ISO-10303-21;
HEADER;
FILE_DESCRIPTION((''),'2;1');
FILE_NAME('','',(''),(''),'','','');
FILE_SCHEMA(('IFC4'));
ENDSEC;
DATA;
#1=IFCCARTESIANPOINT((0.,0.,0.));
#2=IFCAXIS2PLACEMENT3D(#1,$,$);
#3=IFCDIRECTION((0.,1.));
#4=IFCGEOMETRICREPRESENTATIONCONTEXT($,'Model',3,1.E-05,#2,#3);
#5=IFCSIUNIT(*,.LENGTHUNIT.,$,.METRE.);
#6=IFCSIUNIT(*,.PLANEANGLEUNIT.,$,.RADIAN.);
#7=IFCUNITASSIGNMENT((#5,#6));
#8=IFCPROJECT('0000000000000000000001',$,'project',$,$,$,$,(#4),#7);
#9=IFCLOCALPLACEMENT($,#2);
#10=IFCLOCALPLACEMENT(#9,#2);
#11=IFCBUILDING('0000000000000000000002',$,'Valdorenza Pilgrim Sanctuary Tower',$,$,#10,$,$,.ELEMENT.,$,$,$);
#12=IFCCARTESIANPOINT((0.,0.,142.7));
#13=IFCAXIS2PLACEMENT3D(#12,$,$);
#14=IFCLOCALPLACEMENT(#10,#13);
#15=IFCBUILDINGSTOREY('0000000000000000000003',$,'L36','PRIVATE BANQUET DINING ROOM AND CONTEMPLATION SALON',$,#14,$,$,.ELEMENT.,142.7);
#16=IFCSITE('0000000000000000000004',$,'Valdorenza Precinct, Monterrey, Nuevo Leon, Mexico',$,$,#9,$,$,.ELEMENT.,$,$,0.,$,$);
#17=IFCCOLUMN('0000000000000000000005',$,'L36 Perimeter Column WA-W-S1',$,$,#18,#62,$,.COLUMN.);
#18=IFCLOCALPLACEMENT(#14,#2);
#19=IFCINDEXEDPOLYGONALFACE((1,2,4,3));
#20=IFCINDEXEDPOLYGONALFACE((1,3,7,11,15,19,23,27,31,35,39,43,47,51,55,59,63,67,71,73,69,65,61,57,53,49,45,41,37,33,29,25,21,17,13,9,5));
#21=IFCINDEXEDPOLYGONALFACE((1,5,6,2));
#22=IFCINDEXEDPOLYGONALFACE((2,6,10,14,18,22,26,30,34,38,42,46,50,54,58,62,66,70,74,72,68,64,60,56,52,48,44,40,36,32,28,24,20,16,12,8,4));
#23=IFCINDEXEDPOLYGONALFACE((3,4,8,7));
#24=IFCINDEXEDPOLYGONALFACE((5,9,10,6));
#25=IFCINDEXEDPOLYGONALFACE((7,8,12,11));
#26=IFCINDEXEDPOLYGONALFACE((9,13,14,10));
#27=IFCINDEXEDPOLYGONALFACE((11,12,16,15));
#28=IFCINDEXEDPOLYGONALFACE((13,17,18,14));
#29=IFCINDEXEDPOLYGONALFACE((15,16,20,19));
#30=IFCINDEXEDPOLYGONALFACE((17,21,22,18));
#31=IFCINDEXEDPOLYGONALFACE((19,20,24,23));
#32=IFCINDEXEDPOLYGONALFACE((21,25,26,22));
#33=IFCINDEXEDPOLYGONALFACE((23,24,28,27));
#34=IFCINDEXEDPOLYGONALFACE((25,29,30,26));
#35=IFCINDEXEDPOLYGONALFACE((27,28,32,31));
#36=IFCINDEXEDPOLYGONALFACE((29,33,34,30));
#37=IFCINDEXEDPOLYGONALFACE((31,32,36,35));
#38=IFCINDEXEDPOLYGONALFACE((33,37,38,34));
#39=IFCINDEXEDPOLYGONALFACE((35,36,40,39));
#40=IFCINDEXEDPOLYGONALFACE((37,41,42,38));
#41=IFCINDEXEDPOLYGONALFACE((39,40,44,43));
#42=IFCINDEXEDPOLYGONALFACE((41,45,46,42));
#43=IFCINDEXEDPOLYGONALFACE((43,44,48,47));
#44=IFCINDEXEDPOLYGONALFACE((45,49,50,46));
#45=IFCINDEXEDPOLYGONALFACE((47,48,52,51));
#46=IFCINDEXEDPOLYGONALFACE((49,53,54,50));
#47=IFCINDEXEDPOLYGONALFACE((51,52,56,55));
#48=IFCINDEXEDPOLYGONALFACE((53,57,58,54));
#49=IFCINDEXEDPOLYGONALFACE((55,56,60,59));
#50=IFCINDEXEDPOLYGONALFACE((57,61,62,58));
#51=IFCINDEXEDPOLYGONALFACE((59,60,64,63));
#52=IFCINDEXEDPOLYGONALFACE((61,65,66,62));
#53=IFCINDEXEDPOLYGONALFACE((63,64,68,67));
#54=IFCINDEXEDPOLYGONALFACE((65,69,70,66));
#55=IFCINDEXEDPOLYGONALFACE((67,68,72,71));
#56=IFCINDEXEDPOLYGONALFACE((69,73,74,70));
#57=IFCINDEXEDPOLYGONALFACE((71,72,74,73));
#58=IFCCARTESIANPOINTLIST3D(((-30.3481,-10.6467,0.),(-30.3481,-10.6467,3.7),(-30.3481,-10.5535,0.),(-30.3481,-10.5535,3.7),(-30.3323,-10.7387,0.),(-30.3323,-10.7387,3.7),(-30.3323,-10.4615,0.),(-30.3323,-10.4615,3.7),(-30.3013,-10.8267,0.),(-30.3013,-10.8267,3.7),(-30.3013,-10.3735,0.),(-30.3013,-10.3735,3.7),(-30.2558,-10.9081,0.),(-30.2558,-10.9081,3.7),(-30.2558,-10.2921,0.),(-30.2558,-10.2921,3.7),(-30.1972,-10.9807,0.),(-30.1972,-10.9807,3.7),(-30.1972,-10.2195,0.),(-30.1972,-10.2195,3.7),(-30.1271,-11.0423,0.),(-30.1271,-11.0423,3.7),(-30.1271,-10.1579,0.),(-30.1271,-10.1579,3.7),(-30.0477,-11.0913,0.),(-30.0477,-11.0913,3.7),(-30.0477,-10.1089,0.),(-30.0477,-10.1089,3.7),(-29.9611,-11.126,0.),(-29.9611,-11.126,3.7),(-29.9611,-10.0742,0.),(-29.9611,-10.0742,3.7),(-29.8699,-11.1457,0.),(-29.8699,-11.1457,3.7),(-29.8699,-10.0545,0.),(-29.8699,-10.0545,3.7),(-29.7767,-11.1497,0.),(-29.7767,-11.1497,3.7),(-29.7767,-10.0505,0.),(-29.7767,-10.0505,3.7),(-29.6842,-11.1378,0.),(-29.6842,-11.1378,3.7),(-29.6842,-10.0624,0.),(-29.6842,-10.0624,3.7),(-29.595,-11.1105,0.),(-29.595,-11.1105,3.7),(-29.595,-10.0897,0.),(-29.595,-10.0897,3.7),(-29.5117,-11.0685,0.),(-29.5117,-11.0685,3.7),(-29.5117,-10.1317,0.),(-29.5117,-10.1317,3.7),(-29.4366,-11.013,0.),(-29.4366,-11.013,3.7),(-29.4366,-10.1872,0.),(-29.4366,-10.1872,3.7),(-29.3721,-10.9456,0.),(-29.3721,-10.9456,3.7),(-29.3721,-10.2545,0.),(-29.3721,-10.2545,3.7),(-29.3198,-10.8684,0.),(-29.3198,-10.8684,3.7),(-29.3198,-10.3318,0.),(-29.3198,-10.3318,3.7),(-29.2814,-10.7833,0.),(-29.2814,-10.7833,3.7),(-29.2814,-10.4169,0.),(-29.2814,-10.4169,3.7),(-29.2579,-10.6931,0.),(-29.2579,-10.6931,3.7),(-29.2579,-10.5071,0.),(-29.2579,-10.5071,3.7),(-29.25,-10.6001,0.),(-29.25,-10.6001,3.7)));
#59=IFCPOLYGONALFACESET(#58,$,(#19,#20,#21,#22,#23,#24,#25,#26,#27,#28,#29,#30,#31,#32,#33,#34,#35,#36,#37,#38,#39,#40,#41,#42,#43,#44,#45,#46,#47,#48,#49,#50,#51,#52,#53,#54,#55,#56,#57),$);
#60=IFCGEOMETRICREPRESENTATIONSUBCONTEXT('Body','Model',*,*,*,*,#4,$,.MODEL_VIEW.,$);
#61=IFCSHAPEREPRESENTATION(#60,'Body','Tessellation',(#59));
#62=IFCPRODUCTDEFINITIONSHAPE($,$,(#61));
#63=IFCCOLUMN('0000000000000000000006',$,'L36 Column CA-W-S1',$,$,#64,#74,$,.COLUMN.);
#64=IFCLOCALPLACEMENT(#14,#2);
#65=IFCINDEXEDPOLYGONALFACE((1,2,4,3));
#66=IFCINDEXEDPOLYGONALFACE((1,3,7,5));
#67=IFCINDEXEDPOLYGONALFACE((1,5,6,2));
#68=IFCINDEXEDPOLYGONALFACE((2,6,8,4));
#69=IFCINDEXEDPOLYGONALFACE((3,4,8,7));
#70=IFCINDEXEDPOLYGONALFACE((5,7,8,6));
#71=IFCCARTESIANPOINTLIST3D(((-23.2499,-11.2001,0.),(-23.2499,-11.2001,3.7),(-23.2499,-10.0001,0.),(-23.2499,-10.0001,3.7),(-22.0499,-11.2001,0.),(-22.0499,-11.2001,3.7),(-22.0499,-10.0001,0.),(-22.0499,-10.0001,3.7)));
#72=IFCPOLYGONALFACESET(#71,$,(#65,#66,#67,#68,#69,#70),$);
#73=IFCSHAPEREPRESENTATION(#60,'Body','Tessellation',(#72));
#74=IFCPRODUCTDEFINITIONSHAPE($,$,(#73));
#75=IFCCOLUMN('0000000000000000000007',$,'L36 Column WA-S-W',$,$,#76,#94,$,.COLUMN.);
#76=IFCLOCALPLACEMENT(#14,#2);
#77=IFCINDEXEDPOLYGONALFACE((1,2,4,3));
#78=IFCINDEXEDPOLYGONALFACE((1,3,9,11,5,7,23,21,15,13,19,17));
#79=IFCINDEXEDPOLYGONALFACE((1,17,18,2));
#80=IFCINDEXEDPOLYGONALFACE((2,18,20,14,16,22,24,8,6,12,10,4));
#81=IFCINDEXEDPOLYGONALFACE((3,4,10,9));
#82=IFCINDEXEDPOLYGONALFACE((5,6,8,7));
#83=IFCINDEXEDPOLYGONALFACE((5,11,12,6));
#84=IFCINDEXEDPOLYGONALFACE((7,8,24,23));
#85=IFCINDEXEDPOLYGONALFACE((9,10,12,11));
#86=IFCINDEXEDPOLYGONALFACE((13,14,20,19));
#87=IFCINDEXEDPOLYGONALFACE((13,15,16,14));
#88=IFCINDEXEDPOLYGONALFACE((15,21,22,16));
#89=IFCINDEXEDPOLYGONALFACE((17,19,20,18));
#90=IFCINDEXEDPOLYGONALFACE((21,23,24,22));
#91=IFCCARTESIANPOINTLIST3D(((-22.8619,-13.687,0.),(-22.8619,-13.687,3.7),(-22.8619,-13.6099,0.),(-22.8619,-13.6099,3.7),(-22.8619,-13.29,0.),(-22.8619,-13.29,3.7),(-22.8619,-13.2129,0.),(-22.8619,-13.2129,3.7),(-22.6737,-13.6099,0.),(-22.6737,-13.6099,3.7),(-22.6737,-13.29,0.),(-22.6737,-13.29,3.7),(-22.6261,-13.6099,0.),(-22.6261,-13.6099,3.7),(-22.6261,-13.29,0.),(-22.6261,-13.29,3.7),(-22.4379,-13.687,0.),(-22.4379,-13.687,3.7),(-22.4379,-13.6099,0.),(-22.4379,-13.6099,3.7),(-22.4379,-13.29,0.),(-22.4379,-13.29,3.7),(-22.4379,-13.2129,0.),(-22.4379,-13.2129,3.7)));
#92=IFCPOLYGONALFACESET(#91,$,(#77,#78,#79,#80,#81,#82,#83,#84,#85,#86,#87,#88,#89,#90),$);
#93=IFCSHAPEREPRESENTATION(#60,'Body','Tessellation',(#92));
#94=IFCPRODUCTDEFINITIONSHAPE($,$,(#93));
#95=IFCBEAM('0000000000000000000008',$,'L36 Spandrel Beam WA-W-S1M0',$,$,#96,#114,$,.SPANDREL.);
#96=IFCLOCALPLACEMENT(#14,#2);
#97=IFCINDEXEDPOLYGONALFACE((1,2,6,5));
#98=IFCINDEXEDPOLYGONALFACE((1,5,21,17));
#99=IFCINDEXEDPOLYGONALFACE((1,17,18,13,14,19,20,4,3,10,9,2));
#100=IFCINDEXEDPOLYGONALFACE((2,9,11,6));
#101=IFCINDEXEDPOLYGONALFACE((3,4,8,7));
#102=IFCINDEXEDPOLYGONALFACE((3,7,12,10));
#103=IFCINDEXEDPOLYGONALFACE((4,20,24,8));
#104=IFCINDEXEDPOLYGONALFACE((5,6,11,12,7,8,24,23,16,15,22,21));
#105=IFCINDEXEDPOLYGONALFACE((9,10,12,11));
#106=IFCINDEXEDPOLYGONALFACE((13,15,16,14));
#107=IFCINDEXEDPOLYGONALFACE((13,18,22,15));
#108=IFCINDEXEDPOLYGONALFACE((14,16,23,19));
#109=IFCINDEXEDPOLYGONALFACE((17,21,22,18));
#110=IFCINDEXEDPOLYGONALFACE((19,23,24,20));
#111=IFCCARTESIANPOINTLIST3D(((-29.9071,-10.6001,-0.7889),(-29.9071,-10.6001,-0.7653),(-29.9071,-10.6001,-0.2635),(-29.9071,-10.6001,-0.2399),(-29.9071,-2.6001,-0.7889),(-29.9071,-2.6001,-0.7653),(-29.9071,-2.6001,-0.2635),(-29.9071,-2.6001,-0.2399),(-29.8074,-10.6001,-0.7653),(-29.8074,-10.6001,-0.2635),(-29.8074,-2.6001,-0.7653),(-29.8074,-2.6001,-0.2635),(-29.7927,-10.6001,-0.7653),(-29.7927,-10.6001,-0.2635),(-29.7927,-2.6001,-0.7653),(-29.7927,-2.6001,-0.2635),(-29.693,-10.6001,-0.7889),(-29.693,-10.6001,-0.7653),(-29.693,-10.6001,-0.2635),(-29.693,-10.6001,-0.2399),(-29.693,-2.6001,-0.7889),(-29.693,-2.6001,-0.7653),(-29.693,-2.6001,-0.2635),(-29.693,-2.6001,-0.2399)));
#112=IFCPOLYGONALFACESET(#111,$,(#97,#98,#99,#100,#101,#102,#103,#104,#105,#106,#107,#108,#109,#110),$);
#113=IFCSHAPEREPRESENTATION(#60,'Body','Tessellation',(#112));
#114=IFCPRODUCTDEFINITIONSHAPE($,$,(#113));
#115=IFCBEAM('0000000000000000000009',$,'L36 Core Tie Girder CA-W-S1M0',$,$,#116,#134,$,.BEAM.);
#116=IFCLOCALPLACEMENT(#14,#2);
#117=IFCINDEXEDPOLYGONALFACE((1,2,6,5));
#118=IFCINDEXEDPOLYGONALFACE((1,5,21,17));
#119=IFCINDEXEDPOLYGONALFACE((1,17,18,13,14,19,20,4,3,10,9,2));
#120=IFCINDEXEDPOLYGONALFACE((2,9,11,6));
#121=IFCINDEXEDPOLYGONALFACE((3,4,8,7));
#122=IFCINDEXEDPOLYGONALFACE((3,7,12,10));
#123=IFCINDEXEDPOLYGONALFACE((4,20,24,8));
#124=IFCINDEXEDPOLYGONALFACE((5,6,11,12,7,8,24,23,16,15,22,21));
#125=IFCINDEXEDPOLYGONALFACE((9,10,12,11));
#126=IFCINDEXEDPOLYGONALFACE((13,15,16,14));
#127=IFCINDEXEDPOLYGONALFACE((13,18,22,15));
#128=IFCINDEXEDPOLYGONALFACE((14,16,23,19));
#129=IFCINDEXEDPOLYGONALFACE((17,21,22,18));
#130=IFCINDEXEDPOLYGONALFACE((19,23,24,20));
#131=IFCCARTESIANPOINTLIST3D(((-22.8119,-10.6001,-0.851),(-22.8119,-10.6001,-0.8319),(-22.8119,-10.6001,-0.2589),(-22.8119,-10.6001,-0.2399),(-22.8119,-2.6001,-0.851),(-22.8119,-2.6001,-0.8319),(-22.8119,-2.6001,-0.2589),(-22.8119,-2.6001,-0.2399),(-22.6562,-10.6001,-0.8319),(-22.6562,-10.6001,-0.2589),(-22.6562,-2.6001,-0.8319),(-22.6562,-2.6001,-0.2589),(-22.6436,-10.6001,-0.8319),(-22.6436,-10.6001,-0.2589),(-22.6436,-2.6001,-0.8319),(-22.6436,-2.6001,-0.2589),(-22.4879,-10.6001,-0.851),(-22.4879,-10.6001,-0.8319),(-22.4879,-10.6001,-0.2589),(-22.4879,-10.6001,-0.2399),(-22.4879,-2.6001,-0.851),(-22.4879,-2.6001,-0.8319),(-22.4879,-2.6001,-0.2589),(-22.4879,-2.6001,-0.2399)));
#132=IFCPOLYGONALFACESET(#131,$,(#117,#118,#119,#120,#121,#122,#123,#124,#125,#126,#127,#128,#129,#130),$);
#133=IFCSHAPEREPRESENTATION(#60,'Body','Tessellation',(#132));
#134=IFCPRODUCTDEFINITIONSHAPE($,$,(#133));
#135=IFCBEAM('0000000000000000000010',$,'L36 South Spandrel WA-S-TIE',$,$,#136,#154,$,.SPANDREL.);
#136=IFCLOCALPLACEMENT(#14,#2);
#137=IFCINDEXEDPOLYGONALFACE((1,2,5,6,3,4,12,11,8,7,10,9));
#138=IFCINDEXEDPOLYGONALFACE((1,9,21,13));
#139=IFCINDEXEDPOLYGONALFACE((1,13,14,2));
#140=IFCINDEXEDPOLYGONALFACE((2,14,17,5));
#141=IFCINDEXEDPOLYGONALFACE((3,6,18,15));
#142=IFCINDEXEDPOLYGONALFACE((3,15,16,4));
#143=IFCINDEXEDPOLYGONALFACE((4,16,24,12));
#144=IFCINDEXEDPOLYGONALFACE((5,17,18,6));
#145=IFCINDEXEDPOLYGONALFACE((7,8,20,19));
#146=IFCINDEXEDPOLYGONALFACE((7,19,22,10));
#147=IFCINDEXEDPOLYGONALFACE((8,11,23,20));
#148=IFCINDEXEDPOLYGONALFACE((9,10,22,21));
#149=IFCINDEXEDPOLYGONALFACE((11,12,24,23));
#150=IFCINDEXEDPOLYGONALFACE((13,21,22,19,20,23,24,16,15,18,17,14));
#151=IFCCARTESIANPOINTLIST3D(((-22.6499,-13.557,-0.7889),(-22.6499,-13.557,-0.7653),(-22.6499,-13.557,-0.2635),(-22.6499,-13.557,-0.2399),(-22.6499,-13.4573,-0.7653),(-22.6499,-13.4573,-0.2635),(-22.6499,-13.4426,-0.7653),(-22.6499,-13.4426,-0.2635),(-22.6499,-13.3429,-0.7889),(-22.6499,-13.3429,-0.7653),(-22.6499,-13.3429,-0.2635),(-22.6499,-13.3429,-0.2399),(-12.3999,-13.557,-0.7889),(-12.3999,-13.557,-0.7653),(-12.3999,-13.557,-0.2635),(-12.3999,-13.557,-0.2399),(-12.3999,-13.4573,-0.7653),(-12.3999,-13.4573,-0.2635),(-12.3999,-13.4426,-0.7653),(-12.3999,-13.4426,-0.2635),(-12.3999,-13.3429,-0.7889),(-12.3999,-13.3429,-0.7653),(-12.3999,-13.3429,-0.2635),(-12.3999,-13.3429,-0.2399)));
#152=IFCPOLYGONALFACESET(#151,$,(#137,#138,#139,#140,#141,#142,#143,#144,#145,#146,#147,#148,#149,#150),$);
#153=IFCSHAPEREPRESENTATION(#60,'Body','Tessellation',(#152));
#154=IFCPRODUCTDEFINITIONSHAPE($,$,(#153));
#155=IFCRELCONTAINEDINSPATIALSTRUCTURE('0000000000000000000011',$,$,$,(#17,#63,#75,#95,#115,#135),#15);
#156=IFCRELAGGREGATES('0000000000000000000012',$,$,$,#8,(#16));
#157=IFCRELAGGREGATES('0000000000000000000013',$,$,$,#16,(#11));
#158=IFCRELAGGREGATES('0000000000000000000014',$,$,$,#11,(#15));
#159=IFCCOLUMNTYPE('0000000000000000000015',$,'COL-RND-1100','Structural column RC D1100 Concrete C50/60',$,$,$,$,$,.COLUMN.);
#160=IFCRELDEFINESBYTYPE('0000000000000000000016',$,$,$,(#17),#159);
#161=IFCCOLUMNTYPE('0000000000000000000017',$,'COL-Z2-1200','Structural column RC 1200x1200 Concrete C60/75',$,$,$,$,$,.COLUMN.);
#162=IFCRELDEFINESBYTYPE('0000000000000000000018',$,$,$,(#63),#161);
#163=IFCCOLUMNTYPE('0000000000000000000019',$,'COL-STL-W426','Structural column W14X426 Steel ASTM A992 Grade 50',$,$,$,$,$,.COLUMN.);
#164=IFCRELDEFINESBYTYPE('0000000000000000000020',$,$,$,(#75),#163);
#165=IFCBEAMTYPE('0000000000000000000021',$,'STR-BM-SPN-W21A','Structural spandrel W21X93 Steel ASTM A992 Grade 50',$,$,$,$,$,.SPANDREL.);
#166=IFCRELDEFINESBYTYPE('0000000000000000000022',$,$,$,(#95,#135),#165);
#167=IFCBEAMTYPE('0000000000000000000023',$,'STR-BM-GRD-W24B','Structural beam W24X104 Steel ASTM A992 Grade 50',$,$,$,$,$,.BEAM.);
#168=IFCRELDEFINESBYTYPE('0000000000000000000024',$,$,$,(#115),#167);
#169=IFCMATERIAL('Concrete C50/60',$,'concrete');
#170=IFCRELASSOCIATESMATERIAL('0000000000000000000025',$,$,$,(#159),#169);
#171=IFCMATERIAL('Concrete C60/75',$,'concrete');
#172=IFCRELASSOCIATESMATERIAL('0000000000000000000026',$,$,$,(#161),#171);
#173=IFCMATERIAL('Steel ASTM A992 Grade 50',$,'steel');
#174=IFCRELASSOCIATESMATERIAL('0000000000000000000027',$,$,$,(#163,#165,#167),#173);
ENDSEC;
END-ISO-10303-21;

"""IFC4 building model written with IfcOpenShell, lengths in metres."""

from ifc_helpers import new_model, si_unit, direction, frame, origin, origin_2d, place, context, subcontext, project, spatial, rectangle, circle, i_section, extrude, source, transform, mapped, material, material_profile, profile_set, type_object, element, save


model = new_model("IFC4")

# Units and contexts
model_context = context("Model", 3, precision=1e-05, world=origin(), true_north=direction((0.0, 1.0)))
body_context = subcontext(model_context, "Body", "Model", "MODEL_VIEW")
ifc_project = project(units=[si_unit("LENGTHUNIT", "METRE"), si_unit("PLANEANGLEUNIT", "RADIAN")], contexts=[model_context])

# Site, building, storey
site_placement = place(None, origin())
site = spatial("IfcSite", under=ifc_project, at=site_placement, Name="Valdorenza Precinct, Monterrey, Nuevo Leon, Mexico", CompositionType="ELEMENT", RefElevation=0.0)
building_placement = place(site_placement, origin())
building = spatial("IfcBuilding", under=site, at=building_placement, Name="Valdorenza Pilgrim Sanctuary Tower", CompositionType="ELEMENT")
storey_placement = place(building_placement, frame((0.0, 0.0, 142.7)))
storey = spatial("IfcBuildingStorey", under=building, at=storey_placement, Name="L36", Description="PRIVATE BANQUET DINING ROOM AND CONTEMPLATION SALON", CompositionType="ELEMENT", Elevation=142.7)

# Columns
ifc_material_1 = material(Name="Concrete C50/60", Category="concrete")
ifc_material_profile_1 = material_profile(ifc_material_1, circle(Radius=0.55, at=origin_2d()), Name="RC D1100")
ifc_profile_set_1 = profile_set([ifc_material_profile_1], Name="Concrete C50/60")
column_type_1 = type_object("IfcColumnType", Name="COL-RND-1100", Description="Structural column RC D1100 Concrete C50/60", PredefinedType="COLUMN", material=ifc_profile_set_1)
shared_shape_1 = source(origin(), body_context, "Body", "SweptSolid", [
    extrude(circle(Radius=0.55, at=origin_2d()), origin(), (0.0, 0.0, 1.0), 3.7),
])
column_1_placement = place(storey_placement, frame((-29.8, -10.6001, 0.0), z_axis=(0.0, 0.0, 1.0), x_axis=(1.0, 0.0, 0.0)))
element("IfcColumn", 1, at=column_1_placement, inside=storey, type_object=column_type_1, Name="L36 Perimeter Column WA-W-S1", PredefinedType="COLUMN", context=body_context, shape_type="MappedRepresentation", body=[
    mapped(shared_shape_1, transform((0.0, 0.0, 0.0), x_axis=(1.0, 0.0, 0.0), y_axis=(0.0, 1.0, 0.0), z_axis=(0.0, 0.0, 1.0), scale=1.0)),
])
ifc_material_2 = material(Name="Concrete C60/75", Category="concrete")
ifc_material_profile_2 = material_profile(ifc_material_2, rectangle(XDim=1.2, YDim=1.2, at=origin_2d()), Name="RC 1200x1200")
ifc_profile_set_2 = profile_set([ifc_material_profile_2], Name="Concrete C60/75")
column_type_2 = type_object("IfcColumnType", Name="COL-Z2-1200", Description="Structural column RC 1200x1200 Concrete C60/75", PredefinedType="COLUMN", material=ifc_profile_set_2)
shared_shape_2 = source(origin(), body_context, "Body", "SweptSolid", [
    extrude(rectangle(XDim=1.2, YDim=1.2, at=origin_2d()), origin(), (0.0, 0.0, 1.0), 3.7),
])
column_2_placement = place(storey_placement, frame((-22.6499, -10.6001, 0.0), z_axis=(0.0, 0.0, 1.0), x_axis=(1.0, 0.0, 0.0)))
element("IfcColumn", 2, at=column_2_placement, inside=storey, type_object=column_type_2, Name="L36 Column CA-W-S1", PredefinedType="COLUMN", context=body_context, shape_type="MappedRepresentation", body=[
    mapped(shared_shape_2, transform((0.0, 0.0, 0.0), x_axis=(1.0, 0.0, 0.0), y_axis=(0.0, 1.0, 0.0), z_axis=(0.0, 0.0, 1.0), scale=1.0)),
])
ifc_material_3 = material(Name="Steel ASTM A992 Grade 50", Category="steel")
ifc_material_profile_3 = material_profile(ifc_material_3, i_section(OverallWidth=0.4241, OverallDepth=0.4741, WebThickness=0.0476, FlangeThickness=0.0771, at=origin_2d()), Name="W14X426")
ifc_profile_set_3 = profile_set([ifc_material_profile_3], Name="Steel ASTM A992 Grade 50")
column_type_3 = type_object("IfcColumnType", Name="COL-STL-W426", Description="Structural column W14X426 Steel ASTM A992 Grade 50", PredefinedType="COLUMN", material=ifc_profile_set_3)
shared_shape_3 = source(origin(), body_context, "Body", "SweptSolid", [
    extrude(i_section(OverallWidth=0.4241, OverallDepth=0.4741, WebThickness=0.0476, FlangeThickness=0.0771, at=origin_2d()), origin(), (0.0, 0.0, 1.0), 3.7),
])
column_3_placement = place(storey_placement, frame((-22.6499, -13.45, 0.0), z_axis=(0.0, 0.0, 1.0), x_axis=(1.0, 0.0, 0.0)))
element("IfcColumn", 3, at=column_3_placement, inside=storey, type_object=column_type_3, Name="L36 Column WA-S-W", PredefinedType="COLUMN", context=body_context, shape_type="MappedRepresentation", body=[
    mapped(shared_shape_3, transform((0.0, 0.0, 0.0), x_axis=(1.0, 0.0, 0.0), y_axis=(0.0, 1.0, 0.0), z_axis=(0.0, 0.0, 1.0), scale=1.0)),
])

# Beams
ifc_material_profile_4 = material_profile(ifc_material_3, i_section(OverallWidth=0.2141, OverallDepth=0.5491, WebThickness=0.0146, FlangeThickness=0.0237, at=origin_2d()), Name="W21X93")
ifc_profile_set_4 = profile_set([ifc_material_profile_4], Name="Steel ASTM A992 Grade 50")
beam_type_1 = type_object("IfcBeamType", Name="STR-BM-SPN-W21A", Description="Structural spandrel W21X93 Steel ASTM A992 Grade 50", PredefinedType="SPANDREL", material=ifc_profile_set_4)
shared_shape_4 = source(origin(), body_context, "Body", "SweptSolid", [
    extrude(i_section(OverallWidth=0.2141, OverallDepth=0.5491, WebThickness=0.0146, FlangeThickness=0.0237, at=origin_2d()), origin(), (0.0, 0.0, 1.0), 8.0),
])
beam_1_placement = place(storey_placement, frame((-29.8, -10.6001, -0.5144), z_axis=(0.0, 1.0, 0.0), x_axis=(-1.0, 0.0, 0.0)))
element("IfcBeam", 4, at=beam_1_placement, inside=storey, type_object=beam_type_1, Name="L36 Spandrel Beam WA-W-S1M0", PredefinedType="SPANDREL", context=body_context, shape_type="MappedRepresentation", body=[
    mapped(shared_shape_4, transform((0.0, 0.0, 0.0), x_axis=(1.0, 0.0, 0.0), y_axis=(0.0, 1.0, 0.0), z_axis=(0.0, 0.0, 1.0), scale=1.0)),
])
ifc_material_profile_5 = material_profile(ifc_material_3, i_section(OverallWidth=0.324, OverallDepth=0.6111, WebThickness=0.0127, FlangeThickness=0.019, at=origin_2d()), Name="W24X104")
ifc_profile_set_5 = profile_set([ifc_material_profile_5], Name="Steel ASTM A992 Grade 50")
beam_type_2 = type_object("IfcBeamType", Name="STR-BM-GRD-W24B", Description="Structural beam W24X104 Steel ASTM A992 Grade 50", PredefinedType="BEAM", material=ifc_profile_set_5)
shared_shape_5 = source(origin(), body_context, "Body", "SweptSolid", [
    extrude(i_section(OverallWidth=0.324, OverallDepth=0.6111, WebThickness=0.0127, FlangeThickness=0.019, at=origin_2d()), origin(), (0.0, 0.0, 1.0), 8.0),
])
beam_2_placement = place(storey_placement, frame((-22.6499, -10.6001, -0.5454), z_axis=(0.0, 1.0, 0.0), x_axis=(-1.0, 0.0, 0.0)))
element("IfcBeam", 5, at=beam_2_placement, inside=storey, type_object=beam_type_2, Name="L36 Core Tie Girder CA-W-S1M0", PredefinedType="BEAM", context=body_context, shape_type="MappedRepresentation", body=[
    mapped(shared_shape_5, transform((0.0, 0.0, 0.0), x_axis=(1.0, 0.0, 0.0), y_axis=(0.0, 1.0, 0.0), z_axis=(0.0, 0.0, 1.0), scale=1.0)),
])
shared_shape_6 = source(origin(), body_context, "Body", "SweptSolid", [
    extrude(i_section(OverallWidth=0.2141, OverallDepth=0.5491, WebThickness=0.0146, FlangeThickness=0.0237, at=origin_2d()), origin(), (0.0, 0.0, 1.0), 10.25),
])
beam_3_placement = place(storey_placement, frame((-22.6499, -13.45, -0.5144), z_axis=(1.0, 0.0, 0.0), x_axis=(0.0, 1.0, 0.0)))
element("IfcBeam", 6, at=beam_3_placement, inside=storey, type_object=beam_type_1, Name="L36 South Spandrel WA-S-TIE", PredefinedType="SPANDREL", context=body_context, shape_type="MappedRepresentation", body=[
    mapped(shared_shape_6, transform((0.0, 0.0, 0.0), x_axis=(1.0, 0.0, 0.0), y_axis=(0.0, 1.0, 0.0), z_axis=(0.0, 0.0, 1.0), scale=1.0)),
])

save(model, "model.ifc")
